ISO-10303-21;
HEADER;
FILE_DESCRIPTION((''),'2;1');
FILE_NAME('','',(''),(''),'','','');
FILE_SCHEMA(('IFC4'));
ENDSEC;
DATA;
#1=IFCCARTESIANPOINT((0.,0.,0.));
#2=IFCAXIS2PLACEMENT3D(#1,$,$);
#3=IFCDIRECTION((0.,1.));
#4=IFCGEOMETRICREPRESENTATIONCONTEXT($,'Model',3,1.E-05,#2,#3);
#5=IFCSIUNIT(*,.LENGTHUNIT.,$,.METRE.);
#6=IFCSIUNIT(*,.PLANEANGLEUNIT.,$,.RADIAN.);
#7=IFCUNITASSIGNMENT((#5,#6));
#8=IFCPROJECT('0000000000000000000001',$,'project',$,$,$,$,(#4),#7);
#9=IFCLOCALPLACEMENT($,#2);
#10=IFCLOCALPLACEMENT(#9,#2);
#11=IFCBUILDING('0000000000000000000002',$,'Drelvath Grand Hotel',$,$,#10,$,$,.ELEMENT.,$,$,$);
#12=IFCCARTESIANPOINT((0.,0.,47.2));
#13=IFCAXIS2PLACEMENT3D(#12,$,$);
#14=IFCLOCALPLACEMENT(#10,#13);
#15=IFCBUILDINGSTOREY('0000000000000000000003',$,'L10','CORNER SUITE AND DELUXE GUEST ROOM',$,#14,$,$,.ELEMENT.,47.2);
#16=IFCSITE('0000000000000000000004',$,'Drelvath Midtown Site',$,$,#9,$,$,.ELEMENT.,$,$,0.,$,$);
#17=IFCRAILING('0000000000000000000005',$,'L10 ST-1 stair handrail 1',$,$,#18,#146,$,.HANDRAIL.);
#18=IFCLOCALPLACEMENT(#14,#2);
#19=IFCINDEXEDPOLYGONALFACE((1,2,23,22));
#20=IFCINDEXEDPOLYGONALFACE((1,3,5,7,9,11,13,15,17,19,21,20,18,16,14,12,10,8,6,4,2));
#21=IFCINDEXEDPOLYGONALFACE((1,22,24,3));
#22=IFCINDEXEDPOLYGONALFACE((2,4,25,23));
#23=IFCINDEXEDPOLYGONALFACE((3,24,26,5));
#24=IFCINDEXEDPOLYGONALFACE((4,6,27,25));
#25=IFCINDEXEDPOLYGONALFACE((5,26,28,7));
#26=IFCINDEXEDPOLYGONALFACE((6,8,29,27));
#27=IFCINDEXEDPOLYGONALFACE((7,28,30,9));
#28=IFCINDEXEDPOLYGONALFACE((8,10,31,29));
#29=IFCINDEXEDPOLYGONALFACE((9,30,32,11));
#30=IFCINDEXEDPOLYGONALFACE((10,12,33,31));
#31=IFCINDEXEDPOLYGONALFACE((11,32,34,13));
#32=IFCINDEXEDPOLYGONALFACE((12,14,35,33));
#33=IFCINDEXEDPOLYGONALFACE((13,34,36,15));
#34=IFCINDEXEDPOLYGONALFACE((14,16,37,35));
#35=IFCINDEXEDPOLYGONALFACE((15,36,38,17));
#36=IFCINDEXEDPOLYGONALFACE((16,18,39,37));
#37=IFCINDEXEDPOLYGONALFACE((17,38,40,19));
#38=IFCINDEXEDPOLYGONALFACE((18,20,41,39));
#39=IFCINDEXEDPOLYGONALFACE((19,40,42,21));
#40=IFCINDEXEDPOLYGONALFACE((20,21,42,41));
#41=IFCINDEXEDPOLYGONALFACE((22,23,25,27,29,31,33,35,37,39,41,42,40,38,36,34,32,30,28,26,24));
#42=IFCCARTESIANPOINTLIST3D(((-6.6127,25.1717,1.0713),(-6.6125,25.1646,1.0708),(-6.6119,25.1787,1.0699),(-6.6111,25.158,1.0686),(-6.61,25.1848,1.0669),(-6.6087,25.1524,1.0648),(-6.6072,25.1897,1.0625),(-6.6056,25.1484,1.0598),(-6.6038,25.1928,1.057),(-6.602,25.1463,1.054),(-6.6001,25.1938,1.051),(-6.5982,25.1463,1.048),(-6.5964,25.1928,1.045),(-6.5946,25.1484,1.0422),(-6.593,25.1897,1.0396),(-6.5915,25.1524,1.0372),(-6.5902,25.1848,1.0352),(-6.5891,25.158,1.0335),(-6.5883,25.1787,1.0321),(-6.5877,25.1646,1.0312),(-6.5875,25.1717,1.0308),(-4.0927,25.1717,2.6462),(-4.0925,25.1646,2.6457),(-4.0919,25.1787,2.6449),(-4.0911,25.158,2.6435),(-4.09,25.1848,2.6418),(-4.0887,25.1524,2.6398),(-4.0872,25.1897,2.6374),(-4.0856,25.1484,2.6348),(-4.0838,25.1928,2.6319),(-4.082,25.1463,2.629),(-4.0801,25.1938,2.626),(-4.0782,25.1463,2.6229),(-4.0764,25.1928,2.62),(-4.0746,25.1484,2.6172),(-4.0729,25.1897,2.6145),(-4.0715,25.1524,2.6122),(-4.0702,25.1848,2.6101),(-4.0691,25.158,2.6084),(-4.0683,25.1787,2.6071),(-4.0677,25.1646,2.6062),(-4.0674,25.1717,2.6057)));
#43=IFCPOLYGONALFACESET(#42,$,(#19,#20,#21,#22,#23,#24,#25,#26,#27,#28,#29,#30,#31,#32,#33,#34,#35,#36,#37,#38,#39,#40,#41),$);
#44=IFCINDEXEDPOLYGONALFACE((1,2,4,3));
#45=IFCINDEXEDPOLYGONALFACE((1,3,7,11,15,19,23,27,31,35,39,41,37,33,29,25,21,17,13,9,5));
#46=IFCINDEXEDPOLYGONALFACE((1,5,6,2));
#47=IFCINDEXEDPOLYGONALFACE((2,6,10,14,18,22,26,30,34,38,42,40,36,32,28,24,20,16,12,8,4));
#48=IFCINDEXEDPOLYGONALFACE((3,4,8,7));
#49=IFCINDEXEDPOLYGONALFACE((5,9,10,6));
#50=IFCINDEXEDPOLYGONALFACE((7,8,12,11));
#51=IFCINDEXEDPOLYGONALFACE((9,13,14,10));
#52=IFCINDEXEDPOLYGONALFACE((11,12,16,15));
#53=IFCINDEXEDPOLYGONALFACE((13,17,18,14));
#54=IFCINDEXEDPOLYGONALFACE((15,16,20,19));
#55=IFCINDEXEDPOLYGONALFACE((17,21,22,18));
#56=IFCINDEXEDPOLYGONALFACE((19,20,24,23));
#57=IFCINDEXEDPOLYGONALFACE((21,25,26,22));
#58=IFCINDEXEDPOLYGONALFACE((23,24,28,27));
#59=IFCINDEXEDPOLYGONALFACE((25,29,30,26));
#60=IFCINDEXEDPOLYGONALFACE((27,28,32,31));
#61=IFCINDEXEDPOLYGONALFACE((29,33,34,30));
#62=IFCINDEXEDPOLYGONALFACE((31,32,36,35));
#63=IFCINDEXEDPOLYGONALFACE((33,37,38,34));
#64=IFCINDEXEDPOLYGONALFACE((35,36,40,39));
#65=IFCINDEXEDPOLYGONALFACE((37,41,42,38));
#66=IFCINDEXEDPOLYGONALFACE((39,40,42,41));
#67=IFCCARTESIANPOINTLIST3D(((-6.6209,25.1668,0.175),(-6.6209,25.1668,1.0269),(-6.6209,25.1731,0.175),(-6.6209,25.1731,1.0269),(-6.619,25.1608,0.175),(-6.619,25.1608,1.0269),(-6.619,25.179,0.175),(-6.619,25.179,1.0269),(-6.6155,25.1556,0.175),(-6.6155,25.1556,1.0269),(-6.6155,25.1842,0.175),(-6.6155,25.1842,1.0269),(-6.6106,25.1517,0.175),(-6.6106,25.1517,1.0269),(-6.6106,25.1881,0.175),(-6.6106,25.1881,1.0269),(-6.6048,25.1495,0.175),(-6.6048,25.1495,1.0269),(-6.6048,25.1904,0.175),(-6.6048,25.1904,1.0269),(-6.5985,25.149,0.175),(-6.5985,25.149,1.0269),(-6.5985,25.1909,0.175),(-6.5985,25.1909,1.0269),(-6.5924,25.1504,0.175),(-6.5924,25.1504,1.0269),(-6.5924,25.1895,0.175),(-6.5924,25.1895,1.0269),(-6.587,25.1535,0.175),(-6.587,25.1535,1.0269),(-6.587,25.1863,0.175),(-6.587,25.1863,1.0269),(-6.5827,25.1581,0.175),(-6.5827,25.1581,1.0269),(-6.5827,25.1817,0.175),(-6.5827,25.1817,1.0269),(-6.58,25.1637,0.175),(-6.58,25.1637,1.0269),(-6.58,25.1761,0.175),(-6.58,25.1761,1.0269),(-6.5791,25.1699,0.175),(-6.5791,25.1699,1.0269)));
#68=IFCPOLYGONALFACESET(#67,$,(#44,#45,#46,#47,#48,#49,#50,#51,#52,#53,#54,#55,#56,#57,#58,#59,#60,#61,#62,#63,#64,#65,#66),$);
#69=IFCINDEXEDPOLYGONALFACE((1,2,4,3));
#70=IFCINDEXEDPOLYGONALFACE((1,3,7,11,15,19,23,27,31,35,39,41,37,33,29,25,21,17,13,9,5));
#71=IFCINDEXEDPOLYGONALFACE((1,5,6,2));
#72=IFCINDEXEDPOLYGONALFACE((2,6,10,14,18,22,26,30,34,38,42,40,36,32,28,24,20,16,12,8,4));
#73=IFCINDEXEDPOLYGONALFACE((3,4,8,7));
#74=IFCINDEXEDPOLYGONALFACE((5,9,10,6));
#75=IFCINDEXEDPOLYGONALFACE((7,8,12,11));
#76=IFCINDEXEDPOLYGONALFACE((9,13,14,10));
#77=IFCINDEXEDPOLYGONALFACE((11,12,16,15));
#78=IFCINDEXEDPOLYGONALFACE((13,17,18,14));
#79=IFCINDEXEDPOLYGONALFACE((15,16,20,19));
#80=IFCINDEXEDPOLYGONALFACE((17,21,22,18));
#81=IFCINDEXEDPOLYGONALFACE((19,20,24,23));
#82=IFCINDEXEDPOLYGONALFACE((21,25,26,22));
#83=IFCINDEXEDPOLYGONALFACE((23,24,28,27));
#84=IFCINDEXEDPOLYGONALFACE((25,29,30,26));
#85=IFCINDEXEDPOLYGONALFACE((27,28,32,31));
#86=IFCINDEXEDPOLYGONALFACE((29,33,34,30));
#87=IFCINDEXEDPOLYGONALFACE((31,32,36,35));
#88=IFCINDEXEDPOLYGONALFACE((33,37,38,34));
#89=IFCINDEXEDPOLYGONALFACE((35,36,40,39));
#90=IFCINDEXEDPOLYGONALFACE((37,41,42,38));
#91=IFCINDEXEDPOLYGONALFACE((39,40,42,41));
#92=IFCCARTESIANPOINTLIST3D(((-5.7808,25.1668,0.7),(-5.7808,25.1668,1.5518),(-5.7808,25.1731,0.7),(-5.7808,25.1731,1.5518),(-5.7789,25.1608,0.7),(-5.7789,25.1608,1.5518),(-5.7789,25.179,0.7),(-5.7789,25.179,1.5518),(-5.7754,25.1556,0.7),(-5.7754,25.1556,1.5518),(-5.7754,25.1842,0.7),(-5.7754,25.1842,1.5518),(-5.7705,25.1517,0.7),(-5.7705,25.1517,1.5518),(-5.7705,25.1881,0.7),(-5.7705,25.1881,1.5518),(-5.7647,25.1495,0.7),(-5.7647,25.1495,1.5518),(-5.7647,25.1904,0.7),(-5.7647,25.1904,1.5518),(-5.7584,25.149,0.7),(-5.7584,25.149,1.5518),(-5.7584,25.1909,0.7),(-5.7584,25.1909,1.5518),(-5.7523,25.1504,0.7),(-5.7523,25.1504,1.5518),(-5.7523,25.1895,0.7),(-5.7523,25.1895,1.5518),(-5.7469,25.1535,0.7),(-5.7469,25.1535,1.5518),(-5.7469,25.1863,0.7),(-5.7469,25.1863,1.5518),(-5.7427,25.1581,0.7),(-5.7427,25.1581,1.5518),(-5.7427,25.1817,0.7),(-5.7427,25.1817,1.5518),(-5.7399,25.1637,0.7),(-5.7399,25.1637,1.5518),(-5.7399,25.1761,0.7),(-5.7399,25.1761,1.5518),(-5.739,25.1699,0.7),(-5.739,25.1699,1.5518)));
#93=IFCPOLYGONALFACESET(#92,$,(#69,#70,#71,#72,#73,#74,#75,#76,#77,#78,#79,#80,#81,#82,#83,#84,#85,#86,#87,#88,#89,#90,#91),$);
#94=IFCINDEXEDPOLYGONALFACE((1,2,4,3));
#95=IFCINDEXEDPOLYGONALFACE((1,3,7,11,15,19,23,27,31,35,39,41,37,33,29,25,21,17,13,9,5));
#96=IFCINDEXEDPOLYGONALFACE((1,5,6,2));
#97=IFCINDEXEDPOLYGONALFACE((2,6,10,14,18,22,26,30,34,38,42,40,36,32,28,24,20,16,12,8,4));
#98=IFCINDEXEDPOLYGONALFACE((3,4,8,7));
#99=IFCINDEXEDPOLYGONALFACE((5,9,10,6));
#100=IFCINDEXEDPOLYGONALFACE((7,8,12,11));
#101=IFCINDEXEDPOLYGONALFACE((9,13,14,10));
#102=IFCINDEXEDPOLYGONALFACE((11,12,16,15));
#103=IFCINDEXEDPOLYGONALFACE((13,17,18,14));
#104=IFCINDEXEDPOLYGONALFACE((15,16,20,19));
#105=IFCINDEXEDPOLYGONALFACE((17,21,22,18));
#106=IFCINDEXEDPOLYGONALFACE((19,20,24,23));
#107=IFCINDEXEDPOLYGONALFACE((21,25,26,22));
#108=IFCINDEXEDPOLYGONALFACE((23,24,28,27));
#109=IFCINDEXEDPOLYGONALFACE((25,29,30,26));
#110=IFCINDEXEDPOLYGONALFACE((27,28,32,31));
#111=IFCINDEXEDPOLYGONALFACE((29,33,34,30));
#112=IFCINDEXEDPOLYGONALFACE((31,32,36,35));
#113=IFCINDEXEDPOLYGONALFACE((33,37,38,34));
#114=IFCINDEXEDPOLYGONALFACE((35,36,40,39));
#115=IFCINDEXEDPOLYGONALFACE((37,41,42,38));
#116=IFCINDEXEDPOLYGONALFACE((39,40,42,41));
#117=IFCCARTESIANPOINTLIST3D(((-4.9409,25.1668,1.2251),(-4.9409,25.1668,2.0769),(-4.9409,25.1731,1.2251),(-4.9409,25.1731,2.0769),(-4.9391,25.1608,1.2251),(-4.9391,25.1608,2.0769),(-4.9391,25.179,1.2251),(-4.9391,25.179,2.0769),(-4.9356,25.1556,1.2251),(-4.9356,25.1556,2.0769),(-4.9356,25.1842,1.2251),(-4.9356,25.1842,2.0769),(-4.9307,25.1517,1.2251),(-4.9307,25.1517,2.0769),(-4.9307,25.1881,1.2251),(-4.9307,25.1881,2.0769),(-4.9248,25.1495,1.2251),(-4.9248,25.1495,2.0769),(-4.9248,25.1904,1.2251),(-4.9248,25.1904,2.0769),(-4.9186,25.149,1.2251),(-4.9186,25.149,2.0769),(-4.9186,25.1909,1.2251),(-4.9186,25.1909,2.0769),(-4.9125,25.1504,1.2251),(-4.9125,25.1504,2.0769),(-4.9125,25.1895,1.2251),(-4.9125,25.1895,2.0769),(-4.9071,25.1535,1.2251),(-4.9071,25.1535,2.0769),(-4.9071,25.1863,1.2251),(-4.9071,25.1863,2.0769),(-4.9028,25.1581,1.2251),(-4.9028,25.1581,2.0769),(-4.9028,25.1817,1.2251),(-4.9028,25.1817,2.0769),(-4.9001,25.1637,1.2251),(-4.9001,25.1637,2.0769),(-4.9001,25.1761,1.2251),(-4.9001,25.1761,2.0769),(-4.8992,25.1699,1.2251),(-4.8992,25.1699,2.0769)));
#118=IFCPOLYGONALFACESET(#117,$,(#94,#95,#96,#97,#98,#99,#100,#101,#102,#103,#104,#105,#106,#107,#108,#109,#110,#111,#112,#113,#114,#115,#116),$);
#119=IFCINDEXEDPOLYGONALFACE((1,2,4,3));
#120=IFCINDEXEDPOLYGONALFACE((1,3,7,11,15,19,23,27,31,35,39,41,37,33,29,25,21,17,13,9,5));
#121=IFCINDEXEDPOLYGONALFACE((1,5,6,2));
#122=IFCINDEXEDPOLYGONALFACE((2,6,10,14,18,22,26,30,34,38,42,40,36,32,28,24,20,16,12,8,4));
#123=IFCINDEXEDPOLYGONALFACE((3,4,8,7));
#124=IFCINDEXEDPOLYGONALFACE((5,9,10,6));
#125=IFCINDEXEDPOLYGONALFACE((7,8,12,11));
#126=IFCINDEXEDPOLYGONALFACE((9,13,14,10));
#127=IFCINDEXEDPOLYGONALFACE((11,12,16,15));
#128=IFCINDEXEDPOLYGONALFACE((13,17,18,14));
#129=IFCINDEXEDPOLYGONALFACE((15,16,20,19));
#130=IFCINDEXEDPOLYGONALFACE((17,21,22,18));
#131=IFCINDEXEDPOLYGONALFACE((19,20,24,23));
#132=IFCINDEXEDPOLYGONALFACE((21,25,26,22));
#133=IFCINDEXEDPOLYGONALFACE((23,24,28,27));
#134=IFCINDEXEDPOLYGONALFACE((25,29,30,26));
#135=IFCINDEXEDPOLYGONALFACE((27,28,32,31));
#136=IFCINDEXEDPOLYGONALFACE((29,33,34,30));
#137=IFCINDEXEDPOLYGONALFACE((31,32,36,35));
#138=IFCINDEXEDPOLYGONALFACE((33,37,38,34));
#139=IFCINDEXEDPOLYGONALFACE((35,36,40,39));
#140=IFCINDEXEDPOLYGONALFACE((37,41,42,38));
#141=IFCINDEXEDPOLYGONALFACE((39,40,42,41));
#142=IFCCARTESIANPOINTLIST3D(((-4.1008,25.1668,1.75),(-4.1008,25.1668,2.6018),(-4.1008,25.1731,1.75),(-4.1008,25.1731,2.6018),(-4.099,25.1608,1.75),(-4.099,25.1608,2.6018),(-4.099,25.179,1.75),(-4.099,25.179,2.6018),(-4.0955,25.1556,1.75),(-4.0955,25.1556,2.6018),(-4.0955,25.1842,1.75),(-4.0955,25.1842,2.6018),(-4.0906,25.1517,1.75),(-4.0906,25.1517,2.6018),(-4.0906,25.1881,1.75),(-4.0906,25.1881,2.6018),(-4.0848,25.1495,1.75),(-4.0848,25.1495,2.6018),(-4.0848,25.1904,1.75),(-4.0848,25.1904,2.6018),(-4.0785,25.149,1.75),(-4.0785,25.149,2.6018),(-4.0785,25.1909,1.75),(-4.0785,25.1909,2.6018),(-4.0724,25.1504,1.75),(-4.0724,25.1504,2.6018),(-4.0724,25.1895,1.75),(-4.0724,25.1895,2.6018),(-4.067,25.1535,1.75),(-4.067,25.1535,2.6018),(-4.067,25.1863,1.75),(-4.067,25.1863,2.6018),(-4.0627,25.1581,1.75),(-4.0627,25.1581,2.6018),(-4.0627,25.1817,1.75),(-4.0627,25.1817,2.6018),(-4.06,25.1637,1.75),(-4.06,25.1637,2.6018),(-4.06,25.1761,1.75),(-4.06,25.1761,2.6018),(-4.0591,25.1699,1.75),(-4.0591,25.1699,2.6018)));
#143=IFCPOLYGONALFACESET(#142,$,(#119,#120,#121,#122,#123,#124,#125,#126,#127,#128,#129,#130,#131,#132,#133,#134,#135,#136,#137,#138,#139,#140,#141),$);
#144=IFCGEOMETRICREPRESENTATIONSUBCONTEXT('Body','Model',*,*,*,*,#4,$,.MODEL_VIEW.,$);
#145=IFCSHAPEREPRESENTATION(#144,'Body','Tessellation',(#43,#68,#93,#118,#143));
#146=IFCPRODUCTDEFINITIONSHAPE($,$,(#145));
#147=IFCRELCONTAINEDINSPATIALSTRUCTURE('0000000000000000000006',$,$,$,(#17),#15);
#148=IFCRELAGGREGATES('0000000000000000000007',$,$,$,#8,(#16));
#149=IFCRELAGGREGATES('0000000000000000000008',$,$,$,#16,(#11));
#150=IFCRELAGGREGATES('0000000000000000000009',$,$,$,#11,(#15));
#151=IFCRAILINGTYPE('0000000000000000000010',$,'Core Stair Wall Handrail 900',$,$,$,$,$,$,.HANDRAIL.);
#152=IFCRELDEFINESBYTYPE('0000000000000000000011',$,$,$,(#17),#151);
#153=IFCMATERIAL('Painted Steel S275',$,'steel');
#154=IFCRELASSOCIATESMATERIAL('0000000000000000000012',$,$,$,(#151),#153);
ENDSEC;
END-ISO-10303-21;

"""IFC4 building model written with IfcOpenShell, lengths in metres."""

from ifc_helpers import new_model, si_unit, direction, frame, origin, origin_2d, place, context, subcontext, project, spatial, circle, extrude, material, type_object, element, save


model = new_model("IFC4")

# Units and contexts
model_context = context("Model", 3, precision=1e-05, world=origin(), true_north=direction((0.0, 1.0)))
body_context = subcontext(model_context, "Body", "Model", "MODEL_VIEW")
ifc_project = project(units=[si_unit("LENGTHUNIT", "METRE"), si_unit("PLANEANGLEUNIT", "RADIAN")], contexts=[model_context])

# Site, building, storey
site_placement = place(None, origin())
site = spatial("IfcSite", under=ifc_project, at=site_placement, Name="Drelvath Midtown Site", CompositionType="ELEMENT", RefElevation=0.0)
building_placement = place(site_placement, origin())
building = spatial("IfcBuilding", under=site, at=building_placement, Name="Drelvath Grand Hotel", CompositionType="ELEMENT")
storey_placement = place(building_placement, frame((0.0, 0.0, 47.2)))
storey = spatial("IfcBuildingStorey", under=building, at=storey_placement, Name="L10", Description="CORNER SUITE AND DELUXE GUEST ROOM", CompositionType="ELEMENT", Elevation=47.2)

# Shared definitions
ifc_material_1 = material(Name="Painted Steel S275", Category="steel")

# Railing
railing_type_1 = type_object("IfcRailingType", Name="Core Stair Wall Handrail 900", PredefinedType="HANDRAIL", material=ifc_material_1)
railing_1_placement = place(storey_placement, frame((-6.6001, 25.1699, 0.175)))
element("IfcRailing", 1, at=railing_1_placement, inside=storey, type_object=railing_type_1, Name="L10 ST-1 stair handrail 1", PredefinedType="HANDRAIL", context=body_context, shape_type="SweptSolid", body=[
    extrude(circle(Radius=0.0239, at=origin_2d()), frame((0.0, 0.0, 0.876), z_axis=(0.848008, 0.0, 0.529984), x_axis=(0.0, 1.0, 0.0)), (0.0, 0.0, 1.0), 2.9717),
    extrude(circle(Radius=0.021, at=origin_2d()), origin(), (0.0, 0.0, 1.0), 0.8518),
    extrude(circle(Radius=0.021, at=origin_2d()), frame((0.8401, 0.0, 0.5249)), (0.0, 0.0, 1.0), 0.8518),
    extrude(circle(Radius=0.021, at=origin_2d()), frame((1.6799, 0.0, 1.05)), (0.0, 0.0, 1.0), 0.8518),
    extrude(circle(Radius=0.021, at=origin_2d()), frame((2.52, 0.0, 1.575)), (0.0, 0.0, 1.0), 0.8518),
])

save(model, "model.ifc")
